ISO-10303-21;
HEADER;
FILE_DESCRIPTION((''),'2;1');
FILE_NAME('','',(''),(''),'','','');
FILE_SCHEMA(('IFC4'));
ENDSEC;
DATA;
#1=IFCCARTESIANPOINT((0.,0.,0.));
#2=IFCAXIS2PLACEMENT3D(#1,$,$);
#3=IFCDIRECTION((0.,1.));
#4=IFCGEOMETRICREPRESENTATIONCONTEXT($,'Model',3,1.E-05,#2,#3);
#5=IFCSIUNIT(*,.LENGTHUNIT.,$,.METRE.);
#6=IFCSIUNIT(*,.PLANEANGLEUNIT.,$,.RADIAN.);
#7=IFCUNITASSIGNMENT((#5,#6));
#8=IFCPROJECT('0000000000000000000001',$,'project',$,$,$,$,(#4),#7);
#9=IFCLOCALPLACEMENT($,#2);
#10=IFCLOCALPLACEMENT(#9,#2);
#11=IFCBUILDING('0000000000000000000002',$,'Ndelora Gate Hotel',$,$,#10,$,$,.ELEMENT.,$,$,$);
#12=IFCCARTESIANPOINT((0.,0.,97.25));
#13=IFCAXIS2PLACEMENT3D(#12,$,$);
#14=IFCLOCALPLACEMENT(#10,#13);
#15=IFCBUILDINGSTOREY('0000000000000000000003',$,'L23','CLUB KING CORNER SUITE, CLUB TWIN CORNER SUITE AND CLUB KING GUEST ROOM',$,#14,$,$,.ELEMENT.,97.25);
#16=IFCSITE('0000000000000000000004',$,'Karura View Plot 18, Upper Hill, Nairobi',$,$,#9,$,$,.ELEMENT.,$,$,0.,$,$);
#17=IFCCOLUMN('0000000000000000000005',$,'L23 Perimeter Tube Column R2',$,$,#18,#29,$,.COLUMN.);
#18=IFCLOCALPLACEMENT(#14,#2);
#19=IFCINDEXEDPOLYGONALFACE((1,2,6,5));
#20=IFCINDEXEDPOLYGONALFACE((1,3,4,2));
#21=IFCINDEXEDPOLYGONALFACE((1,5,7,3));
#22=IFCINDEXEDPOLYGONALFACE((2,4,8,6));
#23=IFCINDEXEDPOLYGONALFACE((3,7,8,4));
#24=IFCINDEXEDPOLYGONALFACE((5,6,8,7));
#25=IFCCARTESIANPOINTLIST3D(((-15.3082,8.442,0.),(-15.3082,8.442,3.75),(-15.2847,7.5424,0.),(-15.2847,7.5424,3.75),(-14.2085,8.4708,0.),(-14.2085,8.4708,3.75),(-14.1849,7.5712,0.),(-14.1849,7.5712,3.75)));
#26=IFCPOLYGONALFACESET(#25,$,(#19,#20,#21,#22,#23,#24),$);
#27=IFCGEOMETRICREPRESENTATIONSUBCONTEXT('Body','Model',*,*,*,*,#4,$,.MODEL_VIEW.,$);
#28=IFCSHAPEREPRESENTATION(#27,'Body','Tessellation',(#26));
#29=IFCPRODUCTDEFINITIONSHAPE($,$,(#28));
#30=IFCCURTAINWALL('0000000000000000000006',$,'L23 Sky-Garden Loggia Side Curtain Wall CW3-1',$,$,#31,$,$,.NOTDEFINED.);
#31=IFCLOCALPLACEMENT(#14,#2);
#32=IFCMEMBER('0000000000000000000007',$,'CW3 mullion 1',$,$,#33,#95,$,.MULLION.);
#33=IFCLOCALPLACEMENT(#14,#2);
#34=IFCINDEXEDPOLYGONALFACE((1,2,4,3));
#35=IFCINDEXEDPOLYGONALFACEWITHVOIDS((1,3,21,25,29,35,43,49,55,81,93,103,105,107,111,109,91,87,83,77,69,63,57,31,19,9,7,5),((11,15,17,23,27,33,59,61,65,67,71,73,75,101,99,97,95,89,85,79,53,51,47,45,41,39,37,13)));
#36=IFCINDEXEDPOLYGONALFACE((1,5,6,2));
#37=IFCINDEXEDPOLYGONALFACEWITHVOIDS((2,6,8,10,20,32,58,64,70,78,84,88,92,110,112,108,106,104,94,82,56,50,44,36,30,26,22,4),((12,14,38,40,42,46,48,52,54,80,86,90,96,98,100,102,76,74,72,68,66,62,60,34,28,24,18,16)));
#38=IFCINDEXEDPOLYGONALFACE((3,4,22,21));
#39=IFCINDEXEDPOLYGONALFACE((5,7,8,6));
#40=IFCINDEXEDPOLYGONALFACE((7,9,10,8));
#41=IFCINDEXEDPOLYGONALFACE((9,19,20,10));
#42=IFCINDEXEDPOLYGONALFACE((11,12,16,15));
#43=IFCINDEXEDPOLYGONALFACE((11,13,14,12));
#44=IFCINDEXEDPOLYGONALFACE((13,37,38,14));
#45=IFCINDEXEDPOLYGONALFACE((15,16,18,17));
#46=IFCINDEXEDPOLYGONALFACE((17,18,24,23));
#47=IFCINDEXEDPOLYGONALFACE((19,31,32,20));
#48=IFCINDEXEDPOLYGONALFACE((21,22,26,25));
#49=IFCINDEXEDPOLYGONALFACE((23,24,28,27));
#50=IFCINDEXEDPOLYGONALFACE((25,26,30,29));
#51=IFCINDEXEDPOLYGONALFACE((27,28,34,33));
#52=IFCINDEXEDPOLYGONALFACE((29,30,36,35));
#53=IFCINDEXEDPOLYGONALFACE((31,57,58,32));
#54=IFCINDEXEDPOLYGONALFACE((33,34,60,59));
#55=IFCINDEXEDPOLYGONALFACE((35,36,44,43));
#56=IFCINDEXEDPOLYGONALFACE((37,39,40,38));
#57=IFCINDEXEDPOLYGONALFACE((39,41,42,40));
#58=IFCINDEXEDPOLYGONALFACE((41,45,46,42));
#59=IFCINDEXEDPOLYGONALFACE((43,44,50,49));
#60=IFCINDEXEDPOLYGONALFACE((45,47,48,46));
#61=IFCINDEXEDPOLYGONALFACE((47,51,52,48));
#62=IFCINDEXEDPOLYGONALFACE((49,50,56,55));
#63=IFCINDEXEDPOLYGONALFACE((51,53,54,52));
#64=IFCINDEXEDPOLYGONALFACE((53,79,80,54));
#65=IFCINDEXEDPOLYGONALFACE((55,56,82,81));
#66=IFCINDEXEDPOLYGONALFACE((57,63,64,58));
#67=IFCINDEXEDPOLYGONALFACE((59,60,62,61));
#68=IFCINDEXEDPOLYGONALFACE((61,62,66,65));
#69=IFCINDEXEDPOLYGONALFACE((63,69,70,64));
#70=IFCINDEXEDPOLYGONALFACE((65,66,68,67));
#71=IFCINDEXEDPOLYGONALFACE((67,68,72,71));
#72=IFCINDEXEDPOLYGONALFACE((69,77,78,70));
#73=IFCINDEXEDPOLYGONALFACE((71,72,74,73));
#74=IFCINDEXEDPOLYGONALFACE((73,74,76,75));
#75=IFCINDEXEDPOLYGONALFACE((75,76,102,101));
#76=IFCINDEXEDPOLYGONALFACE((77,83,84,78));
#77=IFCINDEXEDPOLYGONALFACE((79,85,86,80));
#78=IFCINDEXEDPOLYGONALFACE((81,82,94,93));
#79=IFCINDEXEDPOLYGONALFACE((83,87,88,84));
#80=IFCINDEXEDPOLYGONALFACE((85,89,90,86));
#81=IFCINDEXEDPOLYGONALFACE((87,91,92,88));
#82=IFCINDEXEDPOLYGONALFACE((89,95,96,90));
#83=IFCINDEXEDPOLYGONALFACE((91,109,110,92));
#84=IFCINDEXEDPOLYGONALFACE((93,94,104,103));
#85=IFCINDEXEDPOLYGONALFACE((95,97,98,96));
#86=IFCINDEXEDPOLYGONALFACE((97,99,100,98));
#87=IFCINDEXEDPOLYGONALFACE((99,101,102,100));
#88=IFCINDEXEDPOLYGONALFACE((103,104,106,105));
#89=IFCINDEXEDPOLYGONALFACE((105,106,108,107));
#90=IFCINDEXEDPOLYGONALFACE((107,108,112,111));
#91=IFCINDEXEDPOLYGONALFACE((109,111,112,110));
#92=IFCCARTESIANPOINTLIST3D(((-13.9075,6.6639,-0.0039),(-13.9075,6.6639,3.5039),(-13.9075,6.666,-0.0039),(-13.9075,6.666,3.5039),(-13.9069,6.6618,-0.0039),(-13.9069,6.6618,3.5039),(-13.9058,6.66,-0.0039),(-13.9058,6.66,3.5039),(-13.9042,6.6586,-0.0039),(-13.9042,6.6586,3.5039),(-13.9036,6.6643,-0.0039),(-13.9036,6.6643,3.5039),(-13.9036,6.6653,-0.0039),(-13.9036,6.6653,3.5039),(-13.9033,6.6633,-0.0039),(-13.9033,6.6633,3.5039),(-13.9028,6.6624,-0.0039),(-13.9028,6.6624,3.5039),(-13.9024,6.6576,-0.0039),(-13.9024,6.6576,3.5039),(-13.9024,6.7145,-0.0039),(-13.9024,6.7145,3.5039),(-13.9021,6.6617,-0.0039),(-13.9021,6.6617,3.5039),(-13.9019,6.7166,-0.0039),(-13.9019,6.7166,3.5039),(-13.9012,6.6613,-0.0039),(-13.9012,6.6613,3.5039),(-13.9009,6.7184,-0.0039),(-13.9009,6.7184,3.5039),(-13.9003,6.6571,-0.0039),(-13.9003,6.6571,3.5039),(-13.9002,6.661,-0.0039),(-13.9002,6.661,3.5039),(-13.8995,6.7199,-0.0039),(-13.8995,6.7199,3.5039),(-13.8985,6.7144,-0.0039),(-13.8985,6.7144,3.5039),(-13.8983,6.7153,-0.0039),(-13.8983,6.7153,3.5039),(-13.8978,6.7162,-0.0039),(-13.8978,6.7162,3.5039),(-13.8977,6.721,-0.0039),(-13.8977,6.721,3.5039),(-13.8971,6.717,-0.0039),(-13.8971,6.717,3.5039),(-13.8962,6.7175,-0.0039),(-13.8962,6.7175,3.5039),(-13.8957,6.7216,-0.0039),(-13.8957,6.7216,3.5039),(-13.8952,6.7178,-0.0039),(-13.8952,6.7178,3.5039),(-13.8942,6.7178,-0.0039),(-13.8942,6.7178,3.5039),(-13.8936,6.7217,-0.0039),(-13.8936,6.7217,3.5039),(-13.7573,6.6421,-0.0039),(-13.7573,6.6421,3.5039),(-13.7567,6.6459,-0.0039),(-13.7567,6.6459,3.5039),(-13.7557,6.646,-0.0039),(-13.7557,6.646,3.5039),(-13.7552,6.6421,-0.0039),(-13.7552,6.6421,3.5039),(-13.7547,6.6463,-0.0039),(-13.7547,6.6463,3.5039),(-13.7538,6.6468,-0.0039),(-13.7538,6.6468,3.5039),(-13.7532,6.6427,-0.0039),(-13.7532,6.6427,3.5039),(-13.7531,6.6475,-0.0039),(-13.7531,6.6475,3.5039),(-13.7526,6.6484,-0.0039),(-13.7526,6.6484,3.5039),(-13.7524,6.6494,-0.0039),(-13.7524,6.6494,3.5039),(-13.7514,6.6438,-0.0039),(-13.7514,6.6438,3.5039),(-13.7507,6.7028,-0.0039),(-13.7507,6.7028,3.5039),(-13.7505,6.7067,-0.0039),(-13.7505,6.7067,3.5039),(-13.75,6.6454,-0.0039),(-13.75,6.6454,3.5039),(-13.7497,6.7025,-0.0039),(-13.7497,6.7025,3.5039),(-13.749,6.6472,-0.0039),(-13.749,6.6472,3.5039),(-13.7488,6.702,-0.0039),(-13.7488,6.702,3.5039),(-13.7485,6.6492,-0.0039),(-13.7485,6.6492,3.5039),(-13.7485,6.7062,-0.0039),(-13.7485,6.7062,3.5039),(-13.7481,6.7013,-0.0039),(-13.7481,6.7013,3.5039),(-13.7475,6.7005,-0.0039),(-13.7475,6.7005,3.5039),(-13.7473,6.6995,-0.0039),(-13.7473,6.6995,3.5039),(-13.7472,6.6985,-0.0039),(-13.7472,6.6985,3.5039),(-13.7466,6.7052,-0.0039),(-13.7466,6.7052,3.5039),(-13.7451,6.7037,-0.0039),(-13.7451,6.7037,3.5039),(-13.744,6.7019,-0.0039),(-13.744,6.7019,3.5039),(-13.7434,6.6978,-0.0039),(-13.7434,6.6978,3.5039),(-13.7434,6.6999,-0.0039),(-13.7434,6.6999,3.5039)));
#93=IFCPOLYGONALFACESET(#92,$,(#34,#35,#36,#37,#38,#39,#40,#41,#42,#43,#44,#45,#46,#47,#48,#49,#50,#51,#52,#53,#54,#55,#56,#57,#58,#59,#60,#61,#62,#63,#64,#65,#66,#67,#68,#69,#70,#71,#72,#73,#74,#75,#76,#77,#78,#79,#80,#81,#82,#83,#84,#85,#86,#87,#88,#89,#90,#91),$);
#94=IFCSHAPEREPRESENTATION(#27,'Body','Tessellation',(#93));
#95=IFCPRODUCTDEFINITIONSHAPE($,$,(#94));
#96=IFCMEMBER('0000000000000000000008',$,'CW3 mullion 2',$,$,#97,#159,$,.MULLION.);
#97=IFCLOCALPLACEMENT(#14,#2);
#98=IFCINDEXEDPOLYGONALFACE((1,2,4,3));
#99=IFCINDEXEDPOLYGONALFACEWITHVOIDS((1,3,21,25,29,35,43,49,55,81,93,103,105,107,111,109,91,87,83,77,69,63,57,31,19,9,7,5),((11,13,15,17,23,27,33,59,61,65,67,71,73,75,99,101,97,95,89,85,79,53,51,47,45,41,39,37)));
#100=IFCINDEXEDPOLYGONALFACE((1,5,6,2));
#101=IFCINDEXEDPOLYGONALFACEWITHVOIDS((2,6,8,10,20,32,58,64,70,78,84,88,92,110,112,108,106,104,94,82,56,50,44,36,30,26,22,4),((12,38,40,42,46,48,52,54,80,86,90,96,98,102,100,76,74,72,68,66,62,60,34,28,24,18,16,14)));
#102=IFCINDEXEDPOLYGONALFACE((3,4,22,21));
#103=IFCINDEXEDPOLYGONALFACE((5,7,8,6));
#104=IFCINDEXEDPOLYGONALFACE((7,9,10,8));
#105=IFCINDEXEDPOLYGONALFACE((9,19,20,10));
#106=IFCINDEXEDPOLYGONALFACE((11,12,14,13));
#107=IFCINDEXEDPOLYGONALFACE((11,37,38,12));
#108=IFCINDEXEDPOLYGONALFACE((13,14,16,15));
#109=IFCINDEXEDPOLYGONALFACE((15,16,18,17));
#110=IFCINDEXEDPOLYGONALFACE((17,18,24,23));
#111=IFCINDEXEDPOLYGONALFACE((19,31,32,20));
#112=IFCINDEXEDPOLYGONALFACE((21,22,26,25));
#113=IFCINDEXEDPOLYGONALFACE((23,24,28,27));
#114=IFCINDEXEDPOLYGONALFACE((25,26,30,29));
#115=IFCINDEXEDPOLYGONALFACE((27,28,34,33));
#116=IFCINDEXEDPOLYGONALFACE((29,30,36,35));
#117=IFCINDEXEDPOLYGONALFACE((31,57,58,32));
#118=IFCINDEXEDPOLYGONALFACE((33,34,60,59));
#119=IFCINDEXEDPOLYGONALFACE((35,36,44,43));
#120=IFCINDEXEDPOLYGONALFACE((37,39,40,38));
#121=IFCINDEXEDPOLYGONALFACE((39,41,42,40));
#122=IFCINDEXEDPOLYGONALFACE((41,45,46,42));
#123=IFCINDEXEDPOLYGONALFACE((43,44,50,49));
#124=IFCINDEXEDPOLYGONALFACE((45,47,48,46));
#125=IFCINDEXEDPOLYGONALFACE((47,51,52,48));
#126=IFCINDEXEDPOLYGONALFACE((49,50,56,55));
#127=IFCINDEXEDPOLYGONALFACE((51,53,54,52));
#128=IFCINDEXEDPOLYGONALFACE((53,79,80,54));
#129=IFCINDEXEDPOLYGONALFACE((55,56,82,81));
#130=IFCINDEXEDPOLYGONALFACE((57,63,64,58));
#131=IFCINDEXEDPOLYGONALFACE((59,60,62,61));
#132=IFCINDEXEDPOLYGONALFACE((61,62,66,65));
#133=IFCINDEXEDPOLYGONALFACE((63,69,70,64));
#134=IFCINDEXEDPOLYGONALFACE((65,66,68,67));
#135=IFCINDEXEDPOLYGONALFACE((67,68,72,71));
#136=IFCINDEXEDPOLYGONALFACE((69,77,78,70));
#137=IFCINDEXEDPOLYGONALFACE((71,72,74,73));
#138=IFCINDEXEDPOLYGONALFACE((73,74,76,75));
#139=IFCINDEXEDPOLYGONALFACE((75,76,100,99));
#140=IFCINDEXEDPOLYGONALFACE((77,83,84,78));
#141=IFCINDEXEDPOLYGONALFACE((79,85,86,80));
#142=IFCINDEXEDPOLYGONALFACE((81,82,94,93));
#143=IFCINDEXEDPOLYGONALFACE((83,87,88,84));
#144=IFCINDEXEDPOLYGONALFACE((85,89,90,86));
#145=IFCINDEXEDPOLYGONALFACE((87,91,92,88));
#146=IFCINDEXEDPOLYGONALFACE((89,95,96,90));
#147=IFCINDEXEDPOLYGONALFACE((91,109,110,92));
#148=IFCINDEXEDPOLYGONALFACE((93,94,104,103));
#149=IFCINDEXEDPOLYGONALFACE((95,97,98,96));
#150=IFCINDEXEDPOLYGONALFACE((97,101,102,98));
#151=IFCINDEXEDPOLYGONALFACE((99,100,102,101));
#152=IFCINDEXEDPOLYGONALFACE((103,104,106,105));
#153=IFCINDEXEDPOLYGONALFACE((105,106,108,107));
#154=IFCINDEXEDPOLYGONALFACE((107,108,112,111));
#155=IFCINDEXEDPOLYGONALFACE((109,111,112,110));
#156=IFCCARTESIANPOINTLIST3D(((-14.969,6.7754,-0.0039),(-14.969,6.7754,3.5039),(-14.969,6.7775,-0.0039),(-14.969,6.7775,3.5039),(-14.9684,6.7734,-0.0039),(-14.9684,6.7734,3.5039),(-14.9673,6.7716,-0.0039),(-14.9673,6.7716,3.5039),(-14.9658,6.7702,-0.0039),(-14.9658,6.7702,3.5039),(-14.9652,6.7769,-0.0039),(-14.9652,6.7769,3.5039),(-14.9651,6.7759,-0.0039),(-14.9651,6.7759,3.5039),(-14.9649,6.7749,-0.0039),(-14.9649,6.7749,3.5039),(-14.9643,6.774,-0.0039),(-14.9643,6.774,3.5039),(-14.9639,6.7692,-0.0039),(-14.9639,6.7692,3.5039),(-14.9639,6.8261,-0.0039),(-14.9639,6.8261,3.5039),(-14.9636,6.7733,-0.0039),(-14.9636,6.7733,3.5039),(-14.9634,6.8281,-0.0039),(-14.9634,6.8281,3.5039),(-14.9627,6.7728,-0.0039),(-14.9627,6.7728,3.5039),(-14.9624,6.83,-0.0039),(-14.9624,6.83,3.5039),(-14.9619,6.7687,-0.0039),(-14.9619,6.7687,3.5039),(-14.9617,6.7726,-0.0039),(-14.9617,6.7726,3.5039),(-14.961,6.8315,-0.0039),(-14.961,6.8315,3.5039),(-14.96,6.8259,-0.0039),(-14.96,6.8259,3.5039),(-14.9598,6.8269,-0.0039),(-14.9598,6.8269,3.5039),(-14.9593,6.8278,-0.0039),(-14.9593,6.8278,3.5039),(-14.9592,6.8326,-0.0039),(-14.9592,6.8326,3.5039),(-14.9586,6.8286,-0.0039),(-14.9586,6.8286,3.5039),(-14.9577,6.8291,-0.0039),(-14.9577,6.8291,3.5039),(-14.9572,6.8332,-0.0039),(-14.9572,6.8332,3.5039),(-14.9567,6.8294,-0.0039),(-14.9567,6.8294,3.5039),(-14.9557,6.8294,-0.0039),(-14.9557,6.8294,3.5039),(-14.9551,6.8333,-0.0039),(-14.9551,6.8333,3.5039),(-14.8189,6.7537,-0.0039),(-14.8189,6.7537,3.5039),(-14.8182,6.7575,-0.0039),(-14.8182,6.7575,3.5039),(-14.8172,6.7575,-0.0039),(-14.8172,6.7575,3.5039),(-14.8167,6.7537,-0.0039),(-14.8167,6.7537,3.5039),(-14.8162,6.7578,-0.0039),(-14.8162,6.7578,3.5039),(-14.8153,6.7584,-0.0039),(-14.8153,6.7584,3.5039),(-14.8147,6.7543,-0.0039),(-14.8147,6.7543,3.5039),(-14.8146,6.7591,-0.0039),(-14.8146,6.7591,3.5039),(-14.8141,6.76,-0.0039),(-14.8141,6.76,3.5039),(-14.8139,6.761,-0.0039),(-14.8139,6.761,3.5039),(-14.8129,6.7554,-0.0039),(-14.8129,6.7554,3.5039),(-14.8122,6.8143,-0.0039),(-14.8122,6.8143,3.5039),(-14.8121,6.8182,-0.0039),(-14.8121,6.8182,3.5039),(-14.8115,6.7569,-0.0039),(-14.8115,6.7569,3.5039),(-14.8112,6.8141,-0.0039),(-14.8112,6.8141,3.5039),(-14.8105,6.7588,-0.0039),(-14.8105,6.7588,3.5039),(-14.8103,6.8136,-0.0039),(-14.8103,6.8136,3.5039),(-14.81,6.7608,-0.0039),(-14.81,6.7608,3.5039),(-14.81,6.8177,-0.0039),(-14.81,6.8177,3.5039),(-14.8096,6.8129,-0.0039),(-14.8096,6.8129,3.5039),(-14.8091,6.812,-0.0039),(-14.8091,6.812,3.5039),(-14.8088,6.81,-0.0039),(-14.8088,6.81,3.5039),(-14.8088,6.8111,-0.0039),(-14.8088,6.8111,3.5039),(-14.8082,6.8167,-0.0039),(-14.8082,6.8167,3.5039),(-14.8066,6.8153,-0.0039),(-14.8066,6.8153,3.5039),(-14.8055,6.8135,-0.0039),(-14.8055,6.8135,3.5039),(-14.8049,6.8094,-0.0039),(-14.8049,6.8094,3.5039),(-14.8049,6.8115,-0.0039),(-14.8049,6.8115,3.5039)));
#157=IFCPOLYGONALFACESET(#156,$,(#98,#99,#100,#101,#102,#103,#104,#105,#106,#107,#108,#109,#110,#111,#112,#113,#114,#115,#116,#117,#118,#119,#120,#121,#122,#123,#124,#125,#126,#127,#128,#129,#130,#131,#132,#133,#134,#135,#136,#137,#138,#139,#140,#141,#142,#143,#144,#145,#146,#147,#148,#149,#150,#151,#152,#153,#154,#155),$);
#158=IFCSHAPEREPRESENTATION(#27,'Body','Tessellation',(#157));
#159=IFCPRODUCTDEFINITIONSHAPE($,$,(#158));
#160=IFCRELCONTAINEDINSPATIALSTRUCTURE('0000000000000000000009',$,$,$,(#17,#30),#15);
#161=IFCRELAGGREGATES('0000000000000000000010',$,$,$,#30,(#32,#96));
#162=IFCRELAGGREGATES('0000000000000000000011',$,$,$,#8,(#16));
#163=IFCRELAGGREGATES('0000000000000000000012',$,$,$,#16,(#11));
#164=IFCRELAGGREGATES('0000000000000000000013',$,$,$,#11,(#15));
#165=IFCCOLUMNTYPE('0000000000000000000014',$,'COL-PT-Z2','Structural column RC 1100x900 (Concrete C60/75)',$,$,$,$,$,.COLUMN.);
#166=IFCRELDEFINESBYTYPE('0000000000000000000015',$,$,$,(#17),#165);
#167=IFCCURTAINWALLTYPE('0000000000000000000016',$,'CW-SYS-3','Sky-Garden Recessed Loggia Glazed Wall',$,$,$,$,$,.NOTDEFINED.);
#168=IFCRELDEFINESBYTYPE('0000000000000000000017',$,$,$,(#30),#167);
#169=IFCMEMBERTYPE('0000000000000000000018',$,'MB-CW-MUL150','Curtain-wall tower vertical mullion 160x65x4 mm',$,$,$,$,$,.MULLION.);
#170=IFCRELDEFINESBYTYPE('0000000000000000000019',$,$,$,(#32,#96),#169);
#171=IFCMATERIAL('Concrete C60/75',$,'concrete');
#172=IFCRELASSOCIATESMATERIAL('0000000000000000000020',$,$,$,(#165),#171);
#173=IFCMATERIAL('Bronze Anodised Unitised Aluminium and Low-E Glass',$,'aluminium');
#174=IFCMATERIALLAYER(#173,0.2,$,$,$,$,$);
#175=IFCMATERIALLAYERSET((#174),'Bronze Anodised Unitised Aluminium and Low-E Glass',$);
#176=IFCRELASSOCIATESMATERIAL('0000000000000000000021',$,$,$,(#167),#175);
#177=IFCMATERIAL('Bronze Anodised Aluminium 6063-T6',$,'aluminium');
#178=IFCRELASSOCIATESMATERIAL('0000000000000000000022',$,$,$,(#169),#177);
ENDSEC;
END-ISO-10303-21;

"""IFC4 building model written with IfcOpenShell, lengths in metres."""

from ifc_helpers import new_model, si_unit, direction, frame, origin, origin_2d, place, context, subcontext, project, spatial, rectangle, hollow_rectangle, extrude, material, layer, layer_set, material_profile, profile_set, type_object, element, aggregate, save


model = new_model("IFC4")

# Units and contexts
model_context = context("Model", 3, precision=1e-05, world=origin(), true_north=direction((0.0, 1.0)))
body_context = subcontext(model_context, "Body", "Model", "MODEL_VIEW")
ifc_project = project(units=[si_unit("LENGTHUNIT", "METRE"), si_unit("PLANEANGLEUNIT", "RADIAN")], contexts=[model_context])

# Site, building, storey
site_placement = place(None, origin())
site = spatial("IfcSite", under=ifc_project, at=site_placement, Name="Karura View Plot 18, Upper Hill, Nairobi", CompositionType="ELEMENT", RefElevation=0.0)
building_placement = place(site_placement, origin())
building = spatial("IfcBuilding", under=site, at=building_placement, Name="Ndelora Gate Hotel", CompositionType="ELEMENT")
storey_placement = place(building_placement, frame((0.0, 0.0, 97.25)))
storey = spatial("IfcBuildingStorey", under=building, at=storey_placement, Name="L23", Description="CLUB KING CORNER SUITE, CLUB TWIN CORNER SUITE AND CLUB KING GUEST ROOM", CompositionType="ELEMENT", Elevation=97.25)

# Column
ifc_material_1 = material(Name="Concrete C60/75", Category="concrete")
ifc_material_profile_1 = material_profile(ifc_material_1, rectangle(XDim=0.8999, YDim=1.1001, at=origin_2d()), Name="RC 1100x900")
ifc_profile_set_1 = profile_set([ifc_material_profile_1], Name="Concrete C60/75")
column_type = type_object("IfcColumnType", Name="COL-PT-Z2", Description="Structural column RC 1100x900 (Concrete C60/75)", PredefinedType="COLUMN", material=ifc_profile_set_1)
column_placement = place(storey_placement, frame((-14.7466, 8.0066, 0.0), z_axis=(0.0, 0.0, 1.0), x_axis=(-0.026177, 0.999657, 0.0)))
element("IfcColumn", 1, at=column_placement, inside=storey, type_object=column_type, Name="L23 Perimeter Tube Column R2", PredefinedType="COLUMN", context=body_context, shape_type="SweptSolid", body=[
    extrude(rectangle(XDim=0.8999, YDim=1.1001, at=origin_2d()), origin(), (0.0, 0.0, 1.0), 3.75),
])

# Curtain wall, members
ifc_material_2 = material(Name="Bronze Anodised Unitised Aluminium and Low-E Glass", Category="aluminium")
ifc_layer_1 = layer(ifc_material_2, 0.2)
ifc_layer_set_1 = layer_set([ifc_layer_1], Name="Bronze Anodised Unitised Aluminium and Low-E Glass")
curtain_wall_type = type_object("IfcCurtainWallType", Name="CW-SYS-3", Description="Sky-Garden Recessed Loggia Glazed Wall", PredefinedType="NOTDEFINED", material=ifc_layer_set_1)
curtain_wall_placement = place(storey_placement, origin())
curtain_wall = element("IfcCurtainWall", 2, at=curtain_wall_placement, inside=storey, type_object=curtain_wall_type, Name="L23 Sky-Garden Loggia Side Curtain Wall CW3-1", PredefinedType="NOTDEFINED")
ifc_material_3 = material(Name="Bronze Anodised Aluminium 6063-T6", Category="aluminium")
ifc_material_profile_2 = material_profile(ifc_material_3, hollow_rectangle(XDim=0.0649, YDim=0.1599, WallThickness=0.0039, InnerFilletRadius=0.0039, OuterFilletRadius=0.0081, at=origin_2d()), Name="ALU 160x65x4")
ifc_profile_set_2 = profile_set([ifc_material_profile_2], Name="Bronze Anodised Aluminium 6063-T6")
member_type_1 = type_object("IfcMemberType", Name="MB-CW-MUL150", Description="Curtain-wall tower vertical mullion 160x65x4 mm", PredefinedType="MULLION", material=ifc_profile_set_2)
member_1_placement = place(storey_placement, frame((-13.8254, 6.6819, -0.0039), z_axis=(0.0, 0.0, 1.0), x_axis=(-0.104503, -0.994525, 0.0)))
member_1 = element("IfcMember", 3, at=member_1_placement, type_object=member_type_1, Name="CW3 mullion 1", PredefinedType="MULLION", context=body_context, shape_type="SweptSolid", body=[
    extrude(hollow_rectangle(XDim=0.0649, YDim=0.1599, WallThickness=0.0039, InnerFilletRadius=0.0039, OuterFilletRadius=0.0081, at=origin_2d()), origin(), (0.0, 0.0, 1.0), 3.5078),
])
member_2_placement = place(storey_placement, frame((-14.887, 6.7935, -0.0039), z_axis=(0.0, 0.0, 1.0), x_axis=(-0.104503, -0.994525, 0.0)))
member_2 = element("IfcMember", 4, at=member_2_placement, type_object=member_type_1, Name="CW3 mullion 2", PredefinedType="MULLION", context=body_context, shape_type="SweptSolid", body=[
    extrude(hollow_rectangle(XDim=0.0649, YDim=0.1599, WallThickness=0.0039, InnerFilletRadius=0.0039, OuterFilletRadius=0.0081, at=origin_2d()), origin(), (0.0, 0.0, 1.0), 3.5078),
])
aggregate(curtain_wall, [member_1, member_2])

save(model, "model.ifc")
